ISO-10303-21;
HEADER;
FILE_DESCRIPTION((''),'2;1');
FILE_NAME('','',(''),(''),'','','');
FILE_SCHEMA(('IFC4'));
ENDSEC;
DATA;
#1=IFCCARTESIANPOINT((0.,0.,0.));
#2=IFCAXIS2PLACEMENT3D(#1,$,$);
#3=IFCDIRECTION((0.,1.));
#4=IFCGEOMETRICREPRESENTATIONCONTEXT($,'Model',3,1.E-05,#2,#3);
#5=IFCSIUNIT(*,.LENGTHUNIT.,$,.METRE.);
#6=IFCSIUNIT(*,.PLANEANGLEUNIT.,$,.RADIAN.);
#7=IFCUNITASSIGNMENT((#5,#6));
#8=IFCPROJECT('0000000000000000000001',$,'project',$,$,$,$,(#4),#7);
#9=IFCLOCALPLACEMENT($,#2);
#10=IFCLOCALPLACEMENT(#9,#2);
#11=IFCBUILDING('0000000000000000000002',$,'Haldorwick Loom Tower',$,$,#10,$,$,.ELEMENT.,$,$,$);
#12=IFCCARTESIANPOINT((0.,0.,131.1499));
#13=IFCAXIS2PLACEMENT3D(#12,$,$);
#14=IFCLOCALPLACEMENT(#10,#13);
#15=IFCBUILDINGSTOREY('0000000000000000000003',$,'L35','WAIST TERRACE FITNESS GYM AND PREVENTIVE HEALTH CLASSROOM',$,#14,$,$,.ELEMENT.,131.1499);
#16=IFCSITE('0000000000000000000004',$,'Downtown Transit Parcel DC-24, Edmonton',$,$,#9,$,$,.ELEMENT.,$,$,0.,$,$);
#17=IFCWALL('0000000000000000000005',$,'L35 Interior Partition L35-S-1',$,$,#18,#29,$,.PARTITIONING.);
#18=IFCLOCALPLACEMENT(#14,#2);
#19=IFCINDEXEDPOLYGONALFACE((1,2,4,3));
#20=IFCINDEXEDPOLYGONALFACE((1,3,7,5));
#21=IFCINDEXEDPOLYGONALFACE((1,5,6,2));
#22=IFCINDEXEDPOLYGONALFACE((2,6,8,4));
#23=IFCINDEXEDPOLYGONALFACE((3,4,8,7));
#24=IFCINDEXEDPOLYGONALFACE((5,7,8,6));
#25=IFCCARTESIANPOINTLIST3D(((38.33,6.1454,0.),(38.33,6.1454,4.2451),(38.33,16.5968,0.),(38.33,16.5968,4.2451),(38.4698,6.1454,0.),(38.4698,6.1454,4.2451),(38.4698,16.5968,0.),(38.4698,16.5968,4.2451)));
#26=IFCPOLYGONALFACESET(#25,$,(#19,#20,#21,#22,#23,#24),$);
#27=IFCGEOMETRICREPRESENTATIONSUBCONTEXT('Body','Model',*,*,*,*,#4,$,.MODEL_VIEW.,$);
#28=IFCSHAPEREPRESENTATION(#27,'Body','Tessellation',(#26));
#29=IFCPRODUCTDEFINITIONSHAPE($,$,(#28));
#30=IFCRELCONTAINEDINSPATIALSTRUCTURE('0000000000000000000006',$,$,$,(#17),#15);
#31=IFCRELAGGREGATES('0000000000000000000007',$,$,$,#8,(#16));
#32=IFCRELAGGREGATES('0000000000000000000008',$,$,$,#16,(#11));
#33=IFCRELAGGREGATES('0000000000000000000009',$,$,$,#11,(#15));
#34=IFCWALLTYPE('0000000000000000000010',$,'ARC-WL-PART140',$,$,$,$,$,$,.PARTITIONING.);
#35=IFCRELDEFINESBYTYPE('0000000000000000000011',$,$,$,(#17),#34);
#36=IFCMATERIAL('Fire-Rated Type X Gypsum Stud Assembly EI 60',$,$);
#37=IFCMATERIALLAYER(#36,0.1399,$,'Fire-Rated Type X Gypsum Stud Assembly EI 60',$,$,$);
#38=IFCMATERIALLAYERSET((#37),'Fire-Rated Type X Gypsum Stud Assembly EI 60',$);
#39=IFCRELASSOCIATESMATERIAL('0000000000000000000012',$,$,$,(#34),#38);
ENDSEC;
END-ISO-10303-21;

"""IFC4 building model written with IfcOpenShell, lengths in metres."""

from ifc_helpers import new_model, si_unit, direction, frame, frame_2d, origin, place, context, subcontext, project, spatial, rectangle, extrude, material, layer, layer_set, type_object, element, save


model = new_model("IFC4")

# Units and contexts
model_context = context("Model", 3, precision=1e-05, world=origin(), true_north=direction((0.0, 1.0)))
body_context = subcontext(model_context, "Body", "Model", "MODEL_VIEW")
ifc_project = project(units=[si_unit("LENGTHUNIT", "METRE"), si_unit("PLANEANGLEUNIT", "RADIAN")], contexts=[model_context])

# Site, building, storey
site_placement = place(None, origin())
site = spatial("IfcSite", under=ifc_project, at=site_placement, Name="Downtown Transit Parcel DC-24, Edmonton", CompositionType="ELEMENT", RefElevation=0.0)
building_placement = place(site_placement, origin())
building = spatial("IfcBuilding", under=site, at=building_placement, Name="Haldorwick Loom Tower", CompositionType="ELEMENT")
storey_placement = place(building_placement, frame((0.0, 0.0, 131.1499)))
storey = spatial("IfcBuildingStorey", under=building, at=storey_placement, Name="L35", Description="WAIST TERRACE FITNESS GYM AND PREVENTIVE HEALTH CLASSROOM", CompositionType="ELEMENT", Elevation=131.1499)

# Wall
ifc_material_1 = material(Name="Fire-Rated Type X Gypsum Stud Assembly EI 60")
ifc_layer_1 = layer(ifc_material_1, 0.1399, Name="Fire-Rated Type X Gypsum Stud Assembly EI 60")
ifc_layer_set_1 = layer_set([ifc_layer_1], Name="Fire-Rated Type X Gypsum Stud Assembly EI 60")
wall_type_1 = type_object("IfcWallType", Name="ARC-WL-PART140", PredefinedType="PARTITIONING", material=ifc_layer_set_1)
wall_1_placement = place(storey_placement, frame((38.3999, 6.1455, 0.0), z_axis=(0.0, 0.0, 1.0), x_axis=(0.0, 1.0, 0.0)))
element("IfcWall", 1, at=wall_1_placement, inside=storey, type_object=wall_type_1, Name="L35 Interior Partition L35-S-1", PredefinedType="PARTITIONING", context=body_context, shape_type="SweptSolid", body=[
    extrude(rectangle(XDim=10.4514, YDim=0.1399, at=frame_2d((5.2256, 0.0))), origin(), (0.0, 0.0, 1.0), 4.2451),
])

save(model, "model.ifc")
